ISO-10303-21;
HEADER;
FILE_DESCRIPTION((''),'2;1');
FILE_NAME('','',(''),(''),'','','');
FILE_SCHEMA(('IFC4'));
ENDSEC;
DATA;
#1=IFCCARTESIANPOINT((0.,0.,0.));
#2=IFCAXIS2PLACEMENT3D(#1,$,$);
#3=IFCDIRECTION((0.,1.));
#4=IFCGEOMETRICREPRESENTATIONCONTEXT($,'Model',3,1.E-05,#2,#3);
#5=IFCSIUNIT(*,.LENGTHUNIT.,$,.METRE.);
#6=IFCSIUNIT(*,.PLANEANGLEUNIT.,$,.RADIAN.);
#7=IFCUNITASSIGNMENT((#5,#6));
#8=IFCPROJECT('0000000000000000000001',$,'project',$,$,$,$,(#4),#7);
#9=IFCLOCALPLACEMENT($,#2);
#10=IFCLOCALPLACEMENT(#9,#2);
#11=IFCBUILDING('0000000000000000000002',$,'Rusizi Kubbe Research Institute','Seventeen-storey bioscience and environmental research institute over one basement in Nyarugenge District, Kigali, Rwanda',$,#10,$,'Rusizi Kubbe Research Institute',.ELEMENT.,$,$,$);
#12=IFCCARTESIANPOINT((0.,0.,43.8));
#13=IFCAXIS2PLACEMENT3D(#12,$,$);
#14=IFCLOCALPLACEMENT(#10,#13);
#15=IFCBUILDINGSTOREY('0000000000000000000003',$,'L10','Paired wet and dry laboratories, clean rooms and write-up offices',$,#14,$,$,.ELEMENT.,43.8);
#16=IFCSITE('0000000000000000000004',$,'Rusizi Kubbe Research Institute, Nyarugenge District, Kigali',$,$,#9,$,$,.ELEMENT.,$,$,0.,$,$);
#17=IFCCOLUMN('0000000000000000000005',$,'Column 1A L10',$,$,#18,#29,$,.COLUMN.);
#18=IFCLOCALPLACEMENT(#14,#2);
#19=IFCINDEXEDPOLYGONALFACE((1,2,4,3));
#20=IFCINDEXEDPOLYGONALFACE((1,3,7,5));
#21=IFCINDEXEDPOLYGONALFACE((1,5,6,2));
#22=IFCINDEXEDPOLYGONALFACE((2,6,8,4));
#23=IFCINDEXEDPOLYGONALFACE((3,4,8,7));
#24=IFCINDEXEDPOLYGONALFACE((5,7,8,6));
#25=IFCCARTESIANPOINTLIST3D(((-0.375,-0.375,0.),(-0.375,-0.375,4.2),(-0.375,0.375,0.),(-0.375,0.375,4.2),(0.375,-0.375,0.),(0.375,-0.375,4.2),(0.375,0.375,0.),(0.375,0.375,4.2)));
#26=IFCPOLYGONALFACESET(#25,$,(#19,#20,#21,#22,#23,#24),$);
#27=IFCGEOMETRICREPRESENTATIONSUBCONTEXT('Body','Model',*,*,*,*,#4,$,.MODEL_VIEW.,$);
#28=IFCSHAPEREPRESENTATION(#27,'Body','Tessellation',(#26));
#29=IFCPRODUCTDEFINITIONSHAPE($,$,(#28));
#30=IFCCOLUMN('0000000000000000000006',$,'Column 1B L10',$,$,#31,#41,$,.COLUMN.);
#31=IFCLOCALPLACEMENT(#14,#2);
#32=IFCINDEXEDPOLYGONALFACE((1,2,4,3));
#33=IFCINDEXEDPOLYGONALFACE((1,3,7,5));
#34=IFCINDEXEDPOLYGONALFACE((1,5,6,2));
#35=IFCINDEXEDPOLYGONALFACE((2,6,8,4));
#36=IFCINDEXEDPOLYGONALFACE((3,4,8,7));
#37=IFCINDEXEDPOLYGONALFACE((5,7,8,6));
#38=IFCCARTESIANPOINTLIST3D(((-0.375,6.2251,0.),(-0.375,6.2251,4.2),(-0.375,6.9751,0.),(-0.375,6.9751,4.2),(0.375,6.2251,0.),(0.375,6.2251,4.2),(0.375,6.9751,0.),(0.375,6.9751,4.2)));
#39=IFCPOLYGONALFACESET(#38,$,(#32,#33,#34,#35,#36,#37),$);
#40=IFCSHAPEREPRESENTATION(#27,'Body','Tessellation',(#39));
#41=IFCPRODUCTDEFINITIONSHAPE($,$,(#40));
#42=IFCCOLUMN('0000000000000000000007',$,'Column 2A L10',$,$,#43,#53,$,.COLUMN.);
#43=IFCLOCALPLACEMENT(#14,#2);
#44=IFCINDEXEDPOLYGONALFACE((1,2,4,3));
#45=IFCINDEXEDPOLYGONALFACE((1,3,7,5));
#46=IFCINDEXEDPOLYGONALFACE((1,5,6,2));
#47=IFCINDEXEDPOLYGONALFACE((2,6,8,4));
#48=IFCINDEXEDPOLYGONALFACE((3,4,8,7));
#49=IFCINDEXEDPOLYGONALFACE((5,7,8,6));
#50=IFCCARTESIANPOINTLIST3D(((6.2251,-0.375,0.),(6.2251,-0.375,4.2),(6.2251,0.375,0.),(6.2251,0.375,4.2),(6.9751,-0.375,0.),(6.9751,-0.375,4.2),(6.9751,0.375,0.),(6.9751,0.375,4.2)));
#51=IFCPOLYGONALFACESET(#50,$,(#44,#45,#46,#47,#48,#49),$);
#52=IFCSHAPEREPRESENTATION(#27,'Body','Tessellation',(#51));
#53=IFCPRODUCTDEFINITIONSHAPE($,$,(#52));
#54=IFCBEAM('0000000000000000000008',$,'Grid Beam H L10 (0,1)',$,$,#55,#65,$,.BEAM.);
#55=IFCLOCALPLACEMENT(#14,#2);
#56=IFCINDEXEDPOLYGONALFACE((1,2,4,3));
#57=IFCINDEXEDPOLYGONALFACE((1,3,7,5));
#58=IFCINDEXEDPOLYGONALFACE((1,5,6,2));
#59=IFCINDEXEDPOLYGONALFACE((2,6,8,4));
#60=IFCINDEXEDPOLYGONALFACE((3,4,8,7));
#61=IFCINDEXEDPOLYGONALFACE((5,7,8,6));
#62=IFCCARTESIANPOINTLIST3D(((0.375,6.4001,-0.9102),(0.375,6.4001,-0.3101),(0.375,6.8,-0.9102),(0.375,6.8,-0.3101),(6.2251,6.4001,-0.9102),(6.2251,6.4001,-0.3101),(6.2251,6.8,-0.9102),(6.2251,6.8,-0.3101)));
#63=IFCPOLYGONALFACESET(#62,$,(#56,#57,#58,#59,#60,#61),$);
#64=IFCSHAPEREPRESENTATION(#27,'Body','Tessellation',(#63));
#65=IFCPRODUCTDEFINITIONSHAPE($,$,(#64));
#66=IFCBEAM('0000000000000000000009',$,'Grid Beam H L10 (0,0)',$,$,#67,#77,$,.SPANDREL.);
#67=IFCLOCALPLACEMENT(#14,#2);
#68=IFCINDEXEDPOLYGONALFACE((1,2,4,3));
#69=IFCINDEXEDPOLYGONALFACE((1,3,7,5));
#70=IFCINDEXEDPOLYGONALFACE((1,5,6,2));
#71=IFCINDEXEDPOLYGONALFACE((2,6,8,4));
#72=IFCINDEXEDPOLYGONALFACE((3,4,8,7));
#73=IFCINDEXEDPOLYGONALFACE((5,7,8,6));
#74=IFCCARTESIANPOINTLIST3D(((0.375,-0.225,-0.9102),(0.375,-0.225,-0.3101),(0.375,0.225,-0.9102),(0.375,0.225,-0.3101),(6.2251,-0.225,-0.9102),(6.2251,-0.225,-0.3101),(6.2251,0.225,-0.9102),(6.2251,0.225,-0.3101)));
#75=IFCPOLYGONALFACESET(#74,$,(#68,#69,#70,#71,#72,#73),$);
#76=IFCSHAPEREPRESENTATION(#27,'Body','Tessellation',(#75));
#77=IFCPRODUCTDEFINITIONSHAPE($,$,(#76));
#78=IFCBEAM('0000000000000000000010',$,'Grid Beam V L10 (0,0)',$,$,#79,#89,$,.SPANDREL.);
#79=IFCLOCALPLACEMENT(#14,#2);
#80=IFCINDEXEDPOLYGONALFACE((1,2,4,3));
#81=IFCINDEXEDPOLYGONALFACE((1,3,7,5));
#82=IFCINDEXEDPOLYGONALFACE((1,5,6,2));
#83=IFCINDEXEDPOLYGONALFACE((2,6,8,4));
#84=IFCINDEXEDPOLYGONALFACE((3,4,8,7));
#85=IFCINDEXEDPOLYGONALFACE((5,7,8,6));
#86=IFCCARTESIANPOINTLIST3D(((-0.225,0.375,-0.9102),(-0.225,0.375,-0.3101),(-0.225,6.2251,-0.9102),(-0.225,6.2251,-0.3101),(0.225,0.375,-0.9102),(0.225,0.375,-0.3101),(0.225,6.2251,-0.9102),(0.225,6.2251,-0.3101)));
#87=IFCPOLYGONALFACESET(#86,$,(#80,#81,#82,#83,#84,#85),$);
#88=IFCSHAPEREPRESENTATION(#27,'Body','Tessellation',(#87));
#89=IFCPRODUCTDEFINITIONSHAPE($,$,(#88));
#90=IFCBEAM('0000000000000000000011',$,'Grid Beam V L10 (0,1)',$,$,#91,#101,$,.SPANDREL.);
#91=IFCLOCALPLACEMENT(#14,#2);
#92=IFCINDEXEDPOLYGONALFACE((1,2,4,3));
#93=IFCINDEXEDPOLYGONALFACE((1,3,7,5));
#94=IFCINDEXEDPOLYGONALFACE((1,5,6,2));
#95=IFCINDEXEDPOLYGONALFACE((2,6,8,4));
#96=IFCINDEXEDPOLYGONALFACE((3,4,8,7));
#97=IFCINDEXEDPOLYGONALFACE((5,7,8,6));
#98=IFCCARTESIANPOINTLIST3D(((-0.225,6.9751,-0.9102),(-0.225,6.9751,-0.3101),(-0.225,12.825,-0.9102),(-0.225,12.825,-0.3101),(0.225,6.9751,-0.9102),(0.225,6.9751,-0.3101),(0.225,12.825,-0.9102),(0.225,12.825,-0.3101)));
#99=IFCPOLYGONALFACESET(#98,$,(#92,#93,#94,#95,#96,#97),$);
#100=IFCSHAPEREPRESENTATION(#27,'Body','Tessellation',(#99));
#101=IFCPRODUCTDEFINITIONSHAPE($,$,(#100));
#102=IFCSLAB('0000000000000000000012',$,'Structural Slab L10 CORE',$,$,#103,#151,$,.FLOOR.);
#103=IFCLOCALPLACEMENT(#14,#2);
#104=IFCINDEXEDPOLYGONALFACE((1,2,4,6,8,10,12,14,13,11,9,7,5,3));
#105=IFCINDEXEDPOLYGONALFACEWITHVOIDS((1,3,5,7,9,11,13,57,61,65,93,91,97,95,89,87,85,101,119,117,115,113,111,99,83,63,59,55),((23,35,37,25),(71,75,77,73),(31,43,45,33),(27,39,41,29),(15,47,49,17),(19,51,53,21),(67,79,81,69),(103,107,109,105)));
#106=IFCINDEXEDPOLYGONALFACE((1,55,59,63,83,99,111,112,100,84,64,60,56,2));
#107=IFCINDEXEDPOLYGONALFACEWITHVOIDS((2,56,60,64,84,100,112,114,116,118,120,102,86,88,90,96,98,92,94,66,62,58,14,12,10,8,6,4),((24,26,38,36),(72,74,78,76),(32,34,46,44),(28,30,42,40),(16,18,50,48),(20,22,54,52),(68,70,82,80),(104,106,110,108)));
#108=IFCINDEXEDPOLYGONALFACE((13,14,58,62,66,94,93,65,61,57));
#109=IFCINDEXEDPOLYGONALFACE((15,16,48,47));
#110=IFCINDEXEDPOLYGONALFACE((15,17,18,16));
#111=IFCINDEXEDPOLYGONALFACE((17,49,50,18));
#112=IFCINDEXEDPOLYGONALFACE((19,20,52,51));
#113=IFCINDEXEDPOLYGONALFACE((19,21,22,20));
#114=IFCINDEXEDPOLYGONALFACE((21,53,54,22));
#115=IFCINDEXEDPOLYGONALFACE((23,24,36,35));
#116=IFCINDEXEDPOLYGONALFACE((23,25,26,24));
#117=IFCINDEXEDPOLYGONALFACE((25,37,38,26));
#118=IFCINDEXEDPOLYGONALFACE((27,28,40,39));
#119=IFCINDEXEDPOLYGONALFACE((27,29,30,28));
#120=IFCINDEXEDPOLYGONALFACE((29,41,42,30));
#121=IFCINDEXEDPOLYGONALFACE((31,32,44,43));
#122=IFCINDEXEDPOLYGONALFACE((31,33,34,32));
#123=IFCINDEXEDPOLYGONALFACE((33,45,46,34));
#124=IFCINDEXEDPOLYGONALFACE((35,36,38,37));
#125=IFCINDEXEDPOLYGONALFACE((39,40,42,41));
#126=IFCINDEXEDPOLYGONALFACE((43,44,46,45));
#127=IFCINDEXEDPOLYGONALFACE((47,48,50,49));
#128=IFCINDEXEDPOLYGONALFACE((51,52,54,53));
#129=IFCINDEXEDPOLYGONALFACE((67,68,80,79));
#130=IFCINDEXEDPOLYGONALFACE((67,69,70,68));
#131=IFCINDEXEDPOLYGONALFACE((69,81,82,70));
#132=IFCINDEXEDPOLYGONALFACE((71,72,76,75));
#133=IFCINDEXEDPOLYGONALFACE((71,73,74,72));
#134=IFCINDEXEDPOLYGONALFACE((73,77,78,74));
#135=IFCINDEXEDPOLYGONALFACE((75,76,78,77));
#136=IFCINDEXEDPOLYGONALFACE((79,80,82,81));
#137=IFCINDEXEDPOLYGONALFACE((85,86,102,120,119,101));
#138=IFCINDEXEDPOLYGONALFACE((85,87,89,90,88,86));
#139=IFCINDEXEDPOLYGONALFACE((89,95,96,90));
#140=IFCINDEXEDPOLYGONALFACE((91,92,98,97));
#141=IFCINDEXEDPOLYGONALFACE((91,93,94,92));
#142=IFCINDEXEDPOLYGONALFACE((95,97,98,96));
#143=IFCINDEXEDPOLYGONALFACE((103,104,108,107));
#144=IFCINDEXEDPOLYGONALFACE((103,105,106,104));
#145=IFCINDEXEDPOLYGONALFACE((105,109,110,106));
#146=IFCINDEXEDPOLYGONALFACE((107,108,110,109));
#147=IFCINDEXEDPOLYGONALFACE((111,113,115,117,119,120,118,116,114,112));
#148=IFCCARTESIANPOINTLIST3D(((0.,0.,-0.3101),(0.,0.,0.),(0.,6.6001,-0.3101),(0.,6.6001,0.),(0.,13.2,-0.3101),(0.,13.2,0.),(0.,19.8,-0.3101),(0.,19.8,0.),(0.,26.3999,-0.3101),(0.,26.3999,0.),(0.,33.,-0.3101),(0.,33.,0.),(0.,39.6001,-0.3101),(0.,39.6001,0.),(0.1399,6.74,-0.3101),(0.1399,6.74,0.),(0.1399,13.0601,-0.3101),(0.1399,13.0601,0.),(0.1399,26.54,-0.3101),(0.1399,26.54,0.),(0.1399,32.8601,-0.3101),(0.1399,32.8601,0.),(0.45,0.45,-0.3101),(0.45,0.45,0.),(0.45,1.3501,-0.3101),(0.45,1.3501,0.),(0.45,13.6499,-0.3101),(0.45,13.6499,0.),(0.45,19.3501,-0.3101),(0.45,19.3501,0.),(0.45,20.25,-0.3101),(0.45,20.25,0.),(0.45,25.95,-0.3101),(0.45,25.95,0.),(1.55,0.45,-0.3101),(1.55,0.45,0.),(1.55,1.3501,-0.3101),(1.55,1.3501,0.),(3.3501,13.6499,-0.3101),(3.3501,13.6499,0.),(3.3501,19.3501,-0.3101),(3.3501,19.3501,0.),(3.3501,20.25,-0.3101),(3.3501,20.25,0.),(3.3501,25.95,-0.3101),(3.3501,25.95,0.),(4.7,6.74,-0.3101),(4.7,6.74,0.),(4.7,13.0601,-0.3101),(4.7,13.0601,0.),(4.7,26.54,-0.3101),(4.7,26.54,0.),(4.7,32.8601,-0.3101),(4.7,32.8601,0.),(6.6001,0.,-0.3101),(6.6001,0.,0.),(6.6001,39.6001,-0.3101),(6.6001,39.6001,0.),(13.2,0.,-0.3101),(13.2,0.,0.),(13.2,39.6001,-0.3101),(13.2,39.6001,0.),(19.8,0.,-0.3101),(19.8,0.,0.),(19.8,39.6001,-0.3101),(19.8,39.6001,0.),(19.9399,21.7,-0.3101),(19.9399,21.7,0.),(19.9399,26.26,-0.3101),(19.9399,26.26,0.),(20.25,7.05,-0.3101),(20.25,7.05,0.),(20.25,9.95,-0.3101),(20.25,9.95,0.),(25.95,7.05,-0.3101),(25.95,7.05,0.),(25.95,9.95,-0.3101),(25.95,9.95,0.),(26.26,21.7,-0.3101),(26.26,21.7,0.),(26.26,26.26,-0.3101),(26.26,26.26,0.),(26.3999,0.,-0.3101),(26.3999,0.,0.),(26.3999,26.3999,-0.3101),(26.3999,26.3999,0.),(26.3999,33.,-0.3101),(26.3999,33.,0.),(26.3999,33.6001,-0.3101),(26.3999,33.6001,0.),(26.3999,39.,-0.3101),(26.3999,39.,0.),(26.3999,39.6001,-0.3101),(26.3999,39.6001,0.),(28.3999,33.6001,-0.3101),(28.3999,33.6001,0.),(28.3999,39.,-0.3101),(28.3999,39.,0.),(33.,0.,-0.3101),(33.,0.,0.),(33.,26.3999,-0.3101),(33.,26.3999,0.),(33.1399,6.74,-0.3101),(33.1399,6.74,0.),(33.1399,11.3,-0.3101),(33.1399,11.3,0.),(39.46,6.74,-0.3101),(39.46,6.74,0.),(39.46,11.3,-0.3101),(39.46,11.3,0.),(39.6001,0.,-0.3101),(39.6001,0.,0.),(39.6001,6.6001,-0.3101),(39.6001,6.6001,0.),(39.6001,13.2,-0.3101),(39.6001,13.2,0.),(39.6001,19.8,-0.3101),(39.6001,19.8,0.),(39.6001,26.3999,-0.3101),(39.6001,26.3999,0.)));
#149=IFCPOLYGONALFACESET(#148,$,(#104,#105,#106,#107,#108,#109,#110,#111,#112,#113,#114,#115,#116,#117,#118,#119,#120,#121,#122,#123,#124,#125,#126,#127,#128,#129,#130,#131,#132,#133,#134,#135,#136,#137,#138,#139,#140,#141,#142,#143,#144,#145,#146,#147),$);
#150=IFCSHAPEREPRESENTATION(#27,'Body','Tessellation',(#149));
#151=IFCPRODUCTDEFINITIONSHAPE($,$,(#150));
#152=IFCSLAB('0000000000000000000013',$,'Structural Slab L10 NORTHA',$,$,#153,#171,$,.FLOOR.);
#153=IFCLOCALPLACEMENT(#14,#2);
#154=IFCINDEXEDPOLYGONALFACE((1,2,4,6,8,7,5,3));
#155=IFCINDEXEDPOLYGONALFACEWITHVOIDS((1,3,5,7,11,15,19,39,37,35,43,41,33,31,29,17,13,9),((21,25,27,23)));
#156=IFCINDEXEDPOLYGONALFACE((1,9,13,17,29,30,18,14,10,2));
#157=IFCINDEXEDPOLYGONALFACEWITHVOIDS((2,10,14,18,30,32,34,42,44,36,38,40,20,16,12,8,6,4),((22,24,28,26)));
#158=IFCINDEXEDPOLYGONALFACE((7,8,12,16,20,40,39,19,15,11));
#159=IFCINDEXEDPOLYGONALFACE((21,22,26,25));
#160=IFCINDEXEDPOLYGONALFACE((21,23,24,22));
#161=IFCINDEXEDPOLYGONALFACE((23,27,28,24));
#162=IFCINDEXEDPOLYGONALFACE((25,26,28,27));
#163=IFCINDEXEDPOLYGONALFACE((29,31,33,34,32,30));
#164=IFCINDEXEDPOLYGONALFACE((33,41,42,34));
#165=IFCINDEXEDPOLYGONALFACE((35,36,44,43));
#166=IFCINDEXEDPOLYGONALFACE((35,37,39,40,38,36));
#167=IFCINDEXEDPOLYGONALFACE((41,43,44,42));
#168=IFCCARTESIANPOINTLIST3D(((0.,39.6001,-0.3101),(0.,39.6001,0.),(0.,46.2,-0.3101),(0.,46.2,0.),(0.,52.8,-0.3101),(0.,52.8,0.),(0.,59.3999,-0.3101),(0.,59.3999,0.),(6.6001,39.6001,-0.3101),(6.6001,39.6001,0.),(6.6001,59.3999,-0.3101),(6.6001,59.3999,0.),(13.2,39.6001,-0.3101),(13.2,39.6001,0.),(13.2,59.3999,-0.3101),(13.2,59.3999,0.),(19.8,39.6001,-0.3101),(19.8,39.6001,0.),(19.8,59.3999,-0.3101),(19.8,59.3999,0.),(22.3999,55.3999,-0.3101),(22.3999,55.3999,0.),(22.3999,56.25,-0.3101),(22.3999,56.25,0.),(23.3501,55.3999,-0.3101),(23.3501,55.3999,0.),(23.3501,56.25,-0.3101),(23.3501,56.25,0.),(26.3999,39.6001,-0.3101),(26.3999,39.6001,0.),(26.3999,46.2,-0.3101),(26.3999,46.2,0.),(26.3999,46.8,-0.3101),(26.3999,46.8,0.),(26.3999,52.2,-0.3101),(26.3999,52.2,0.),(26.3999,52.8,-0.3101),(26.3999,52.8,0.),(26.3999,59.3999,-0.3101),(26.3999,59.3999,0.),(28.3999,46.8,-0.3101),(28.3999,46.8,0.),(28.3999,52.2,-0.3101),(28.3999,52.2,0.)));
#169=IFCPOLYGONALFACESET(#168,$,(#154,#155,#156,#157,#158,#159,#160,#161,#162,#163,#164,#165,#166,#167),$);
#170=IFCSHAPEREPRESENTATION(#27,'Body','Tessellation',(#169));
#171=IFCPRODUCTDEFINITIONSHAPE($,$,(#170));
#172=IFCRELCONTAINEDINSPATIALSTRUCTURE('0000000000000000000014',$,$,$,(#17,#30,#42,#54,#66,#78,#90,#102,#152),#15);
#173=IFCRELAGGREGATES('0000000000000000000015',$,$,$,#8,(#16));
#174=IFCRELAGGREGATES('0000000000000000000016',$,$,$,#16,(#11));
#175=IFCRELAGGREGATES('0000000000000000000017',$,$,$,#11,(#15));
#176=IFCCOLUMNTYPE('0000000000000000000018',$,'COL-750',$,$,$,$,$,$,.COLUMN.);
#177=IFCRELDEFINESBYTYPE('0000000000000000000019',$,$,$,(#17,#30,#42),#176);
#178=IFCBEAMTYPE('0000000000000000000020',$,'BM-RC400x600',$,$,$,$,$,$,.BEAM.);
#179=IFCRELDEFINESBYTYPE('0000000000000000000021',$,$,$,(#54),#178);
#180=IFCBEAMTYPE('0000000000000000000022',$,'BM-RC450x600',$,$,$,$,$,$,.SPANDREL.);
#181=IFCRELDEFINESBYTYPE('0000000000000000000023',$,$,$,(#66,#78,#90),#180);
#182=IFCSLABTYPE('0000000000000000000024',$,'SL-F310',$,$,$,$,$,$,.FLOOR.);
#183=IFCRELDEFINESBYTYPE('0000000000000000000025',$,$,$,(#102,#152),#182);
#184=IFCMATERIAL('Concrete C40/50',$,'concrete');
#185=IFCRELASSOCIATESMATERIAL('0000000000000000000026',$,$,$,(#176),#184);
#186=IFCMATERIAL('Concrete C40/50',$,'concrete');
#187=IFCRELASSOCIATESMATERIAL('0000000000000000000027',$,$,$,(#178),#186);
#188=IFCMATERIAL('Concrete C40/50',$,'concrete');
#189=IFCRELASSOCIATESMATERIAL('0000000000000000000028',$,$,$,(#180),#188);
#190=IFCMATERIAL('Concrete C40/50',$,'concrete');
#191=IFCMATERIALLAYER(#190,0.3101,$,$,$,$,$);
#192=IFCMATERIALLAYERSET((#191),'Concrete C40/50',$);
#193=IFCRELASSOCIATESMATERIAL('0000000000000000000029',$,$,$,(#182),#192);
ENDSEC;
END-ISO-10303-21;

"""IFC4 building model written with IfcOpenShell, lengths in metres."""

from ifc_helpers import new_model, si_unit, direction, frame, origin, origin_2d, place, context, subcontext, project, spatial, polyline, rectangle, outline, extrude, material, layer, layer_set, material_profile, profile_set, type_object, element, save


model = new_model("IFC4")

# Units and contexts
model_context = context("Model", 3, precision=1e-05, world=origin(), true_north=direction((0.0, 1.0)))
body_context = subcontext(model_context, "Body", "Model", "MODEL_VIEW")
ifc_project = project(units=[si_unit("LENGTHUNIT", "METRE"), si_unit("PLANEANGLEUNIT", "RADIAN")], contexts=[model_context])

# Site, building, storey
site_placement = place(None, origin())
site = spatial("IfcSite", under=ifc_project, at=site_placement, Name="Rusizi Kubbe Research Institute, Nyarugenge District, Kigali", CompositionType="ELEMENT", RefElevation=0.0)
building_placement = place(site_placement, origin())
building = spatial("IfcBuilding", under=site, at=building_placement, Name="Rusizi Kubbe Research Institute", Description="Seventeen-storey bioscience and environmental research institute over one basement in Nyarugenge District, Kigali, Rwanda", LongName="Rusizi Kubbe Research Institute", CompositionType="ELEMENT")
storey_placement = place(building_placement, frame((0.0, 0.0, 43.8)))
storey = spatial("IfcBuildingStorey", under=building, at=storey_placement, Name="L10", Description="Paired wet and dry laboratories, clean rooms and write-up offices", CompositionType="ELEMENT", Elevation=43.8)

# Columns
ifc_material_1 = material(Name="Concrete C40/50", Category="concrete")
ifc_material_profile_1 = material_profile(ifc_material_1, rectangle(XDim=0.75, YDim=0.75, at=origin_2d()), Name="RC750x750")
ifc_profile_set_1 = profile_set([ifc_material_profile_1], Name="Concrete C40/50")
column_type = type_object("IfcColumnType", Name="COL-750", PredefinedType="COLUMN", material=ifc_profile_set_1)
for number, where, z_axis, x_axis, name in (
    (1, (0.0, 0.0, 0.0), (0.0, 0.0, 1.0), (1.0, 0.0, 0.0), "Column 1A L10"),
    (2, (0.0, 6.6001, 0.0), (0.0, 0.0, 1.0), (1.0, 0.0, 0.0), "Column 1B L10"),
    (3, (6.6001, 0.0, 0.0), (0.0, 0.0, 1.0), (1.0, 0.0, 0.0), "Column 2A L10"),
):
    element("IfcColumn", number, at=place(storey_placement, frame(where, z_axis=z_axis, x_axis=x_axis)), inside=storey, type_object=column_type, Name=name, PredefinedType="COLUMN", context=body_context, shape_type="SweptSolid", body=[
        extrude(rectangle(XDim=0.75, YDim=0.75, at=origin_2d()), origin(), (0.0, 0.0, 1.0), 4.2),
    ])

# Beams
ifc_material_2 = material(Name="Concrete C40/50", Category="concrete")
ifc_material_profile_2 = material_profile(ifc_material_2, rectangle(XDim=0.3999, YDim=0.6001, at=origin_2d()), Name="RC400x600")
ifc_profile_set_2 = profile_set([ifc_material_profile_2], Name="Concrete C40/50")
beam_type_1 = type_object("IfcBeamType", Name="BM-RC400x600", PredefinedType="BEAM", material=ifc_profile_set_2)
beam_1_placement = place(storey_placement, frame((0.375, 6.6001, -0.6101), z_axis=(1.0, 0.0, 0.0), x_axis=(0.0, 1.0, 0.0)))
element("IfcBeam", 4, at=beam_1_placement, inside=storey, type_object=beam_type_1, Name="Grid Beam H L10 (0,1)", PredefinedType="BEAM", context=body_context, shape_type="SweptSolid", body=[
    extrude(rectangle(XDim=0.3999, YDim=0.6001, at=origin_2d()), origin(), (0.0, 0.0, 1.0), 5.8501),
])
ifc_material_3 = material(Name="Concrete C40/50", Category="concrete")
ifc_material_profile_3 = material_profile(ifc_material_3, rectangle(XDim=0.45, YDim=0.6001, at=origin_2d()), Name="RC450x600")
ifc_profile_set_3 = profile_set([ifc_material_profile_3], Name="Concrete C40/50")
beam_type_2 = type_object("IfcBeamType", Name="BM-RC450x600", PredefinedType="SPANDREL", material=ifc_profile_set_3)
for number, where, z_axis, x_axis, name in (
    (5, (0.375, 0.0, -0.6101), (1.0, 0.0, 0.0), (0.0, 1.0, 0.0), "Grid Beam H L10 (0,0)"),
    (6, (0.0, 0.375, -0.6101), (0.0, 1.0, 0.0), (-1.0, 0.0, 0.0), "Grid Beam V L10 (0,0)"),
):
    element("IfcBeam", number, at=place(storey_placement, frame(where, z_axis=z_axis, x_axis=x_axis)), inside=storey, type_object=beam_type_2, Name=name, PredefinedType="SPANDREL", context=body_context, shape_type="SweptSolid", body=[
        extrude(rectangle(XDim=0.45, YDim=0.6001, at=origin_2d()), origin(), (0.0, 0.0, 1.0), 5.8501),
    ])
beam_2_placement = place(storey_placement, frame((0.0, 6.9751, -0.6101), z_axis=(0.0, 1.0, 0.0), x_axis=(-1.0, 0.0, 0.0)))
element("IfcBeam", 7, at=beam_2_placement, inside=storey, type_object=beam_type_2, Name="Grid Beam V L10 (0,1)", PredefinedType="SPANDREL", context=body_context, shape_type="SweptSolid", body=[
    extrude(rectangle(XDim=0.45, YDim=0.6001, at=origin_2d()), origin(), (0.0, 0.0, 1.0), 5.8499),
])

# Slabs
ifc_material_4 = material(Name="Concrete C40/50", Category="concrete")
ifc_layer_1 = layer(ifc_material_4, 0.3101)
ifc_layer_set_1 = layer_set([ifc_layer_1], Name="Concrete C40/50")
slab_type_1 = type_object("IfcSlabType", Name="SL-F310", PredefinedType="FLOOR", material=ifc_layer_set_1)
slab_1_placement = place(storey_placement, frame((0.0, 0.0, -0.3101)))
element("IfcSlab", 8, at=slab_1_placement, inside=storey, type_object=slab_type_1, Name="Structural Slab L10 CORE", PredefinedType="FLOOR", context=body_context, shape_type="SweptSolid", body=[
    extrude(outline(polyline([(0.0, 39.6001), (6.6001, 39.6001), (13.2, 39.6001), (19.8, 39.6001), (26.3999, 39.6001), (26.3999, 39.0), (28.3999, 39.0), (28.3999, 33.6001), (26.3999, 33.6001), (26.3999, 33.0), (26.3999, 26.3999), (33.0, 26.3999), (39.6001, 26.3999), (39.6001, 19.8), (39.6001, 13.2), (39.6001, 6.6001), (39.6001, 0.0), (33.0, 0.0), (26.3999, 0.0), (19.8, 0.0), (13.2, 0.0), (6.6001, 0.0), (0.0, 0.0), (0.0, 6.6001), (0.0, 13.2), (0.0, 19.8), (0.0, 26.3999), (0.0, 33.0), (0.0, 39.6001)]), holes=[polyline([(0.45, 1.3501), (0.45, 0.45), (1.55, 0.45), (1.55, 1.3501), (0.45, 1.3501)]), polyline([(20.25, 9.95), (20.25, 7.05), (25.95, 7.05), (25.95, 9.95), (20.25, 9.95)]), polyline([(33.1399, 11.3), (33.1399, 6.74), (39.46, 6.74), (39.46, 11.3), (33.1399, 11.3)]), polyline([(0.1399, 13.0601), (0.1399, 6.74), (4.7, 6.74), (4.7, 13.0601), (0.1399, 13.0601)]), polyline([(0.45, 19.3501), (0.45, 13.6499), (3.3501, 13.6499), (3.3501, 19.3501), (0.45, 19.3501)]), polyline([(0.45, 25.95), (0.45, 20.25), (3.3501, 20.25), (3.3501, 25.95), (0.45, 25.95)]), polyline([(19.9399, 26.26), (19.9399, 21.7), (26.26, 21.7), (26.26, 26.26), (19.9399, 26.26)]), polyline([(0.1399, 32.8601), (0.1399, 26.54), (4.7, 26.54), (4.7, 32.8601), (0.1399, 32.8601)])]), origin(), (0.0, 0.0, 1.0), 0.3101),
])
slab_2_placement = place(storey_placement, frame((0.0, 0.0, -0.3101)))
element("IfcSlab", 9, at=slab_2_placement, inside=storey, type_object=slab_type_1, Name="Structural Slab L10 NORTHA", PredefinedType="FLOOR", context=body_context, shape_type="SweptSolid", body=[
    extrude(outline(polyline([(6.6001, 59.3999), (13.2, 59.3999), (19.8, 59.3999), (26.3999, 59.3999), (26.3999, 52.8), (26.3999, 52.2), (28.3999, 52.2), (28.3999, 46.8), (26.3999, 46.8), (26.3999, 46.2), (26.3999, 39.6001), (19.8, 39.6001), (13.2, 39.6001), (6.6001, 39.6001), (0.0, 39.6001), (0.0, 46.2), (0.0, 52.8), (0.0, 59.3999), (6.6001, 59.3999)]), holes=[polyline([(23.3501, 56.25), (22.3999, 56.25), (22.3999, 55.3999), (23.3501, 55.3999), (23.3501, 56.25)])]), origin(), (0.0, 0.0, 1.0), 0.3101),
])

save(model, "model.ifc")
